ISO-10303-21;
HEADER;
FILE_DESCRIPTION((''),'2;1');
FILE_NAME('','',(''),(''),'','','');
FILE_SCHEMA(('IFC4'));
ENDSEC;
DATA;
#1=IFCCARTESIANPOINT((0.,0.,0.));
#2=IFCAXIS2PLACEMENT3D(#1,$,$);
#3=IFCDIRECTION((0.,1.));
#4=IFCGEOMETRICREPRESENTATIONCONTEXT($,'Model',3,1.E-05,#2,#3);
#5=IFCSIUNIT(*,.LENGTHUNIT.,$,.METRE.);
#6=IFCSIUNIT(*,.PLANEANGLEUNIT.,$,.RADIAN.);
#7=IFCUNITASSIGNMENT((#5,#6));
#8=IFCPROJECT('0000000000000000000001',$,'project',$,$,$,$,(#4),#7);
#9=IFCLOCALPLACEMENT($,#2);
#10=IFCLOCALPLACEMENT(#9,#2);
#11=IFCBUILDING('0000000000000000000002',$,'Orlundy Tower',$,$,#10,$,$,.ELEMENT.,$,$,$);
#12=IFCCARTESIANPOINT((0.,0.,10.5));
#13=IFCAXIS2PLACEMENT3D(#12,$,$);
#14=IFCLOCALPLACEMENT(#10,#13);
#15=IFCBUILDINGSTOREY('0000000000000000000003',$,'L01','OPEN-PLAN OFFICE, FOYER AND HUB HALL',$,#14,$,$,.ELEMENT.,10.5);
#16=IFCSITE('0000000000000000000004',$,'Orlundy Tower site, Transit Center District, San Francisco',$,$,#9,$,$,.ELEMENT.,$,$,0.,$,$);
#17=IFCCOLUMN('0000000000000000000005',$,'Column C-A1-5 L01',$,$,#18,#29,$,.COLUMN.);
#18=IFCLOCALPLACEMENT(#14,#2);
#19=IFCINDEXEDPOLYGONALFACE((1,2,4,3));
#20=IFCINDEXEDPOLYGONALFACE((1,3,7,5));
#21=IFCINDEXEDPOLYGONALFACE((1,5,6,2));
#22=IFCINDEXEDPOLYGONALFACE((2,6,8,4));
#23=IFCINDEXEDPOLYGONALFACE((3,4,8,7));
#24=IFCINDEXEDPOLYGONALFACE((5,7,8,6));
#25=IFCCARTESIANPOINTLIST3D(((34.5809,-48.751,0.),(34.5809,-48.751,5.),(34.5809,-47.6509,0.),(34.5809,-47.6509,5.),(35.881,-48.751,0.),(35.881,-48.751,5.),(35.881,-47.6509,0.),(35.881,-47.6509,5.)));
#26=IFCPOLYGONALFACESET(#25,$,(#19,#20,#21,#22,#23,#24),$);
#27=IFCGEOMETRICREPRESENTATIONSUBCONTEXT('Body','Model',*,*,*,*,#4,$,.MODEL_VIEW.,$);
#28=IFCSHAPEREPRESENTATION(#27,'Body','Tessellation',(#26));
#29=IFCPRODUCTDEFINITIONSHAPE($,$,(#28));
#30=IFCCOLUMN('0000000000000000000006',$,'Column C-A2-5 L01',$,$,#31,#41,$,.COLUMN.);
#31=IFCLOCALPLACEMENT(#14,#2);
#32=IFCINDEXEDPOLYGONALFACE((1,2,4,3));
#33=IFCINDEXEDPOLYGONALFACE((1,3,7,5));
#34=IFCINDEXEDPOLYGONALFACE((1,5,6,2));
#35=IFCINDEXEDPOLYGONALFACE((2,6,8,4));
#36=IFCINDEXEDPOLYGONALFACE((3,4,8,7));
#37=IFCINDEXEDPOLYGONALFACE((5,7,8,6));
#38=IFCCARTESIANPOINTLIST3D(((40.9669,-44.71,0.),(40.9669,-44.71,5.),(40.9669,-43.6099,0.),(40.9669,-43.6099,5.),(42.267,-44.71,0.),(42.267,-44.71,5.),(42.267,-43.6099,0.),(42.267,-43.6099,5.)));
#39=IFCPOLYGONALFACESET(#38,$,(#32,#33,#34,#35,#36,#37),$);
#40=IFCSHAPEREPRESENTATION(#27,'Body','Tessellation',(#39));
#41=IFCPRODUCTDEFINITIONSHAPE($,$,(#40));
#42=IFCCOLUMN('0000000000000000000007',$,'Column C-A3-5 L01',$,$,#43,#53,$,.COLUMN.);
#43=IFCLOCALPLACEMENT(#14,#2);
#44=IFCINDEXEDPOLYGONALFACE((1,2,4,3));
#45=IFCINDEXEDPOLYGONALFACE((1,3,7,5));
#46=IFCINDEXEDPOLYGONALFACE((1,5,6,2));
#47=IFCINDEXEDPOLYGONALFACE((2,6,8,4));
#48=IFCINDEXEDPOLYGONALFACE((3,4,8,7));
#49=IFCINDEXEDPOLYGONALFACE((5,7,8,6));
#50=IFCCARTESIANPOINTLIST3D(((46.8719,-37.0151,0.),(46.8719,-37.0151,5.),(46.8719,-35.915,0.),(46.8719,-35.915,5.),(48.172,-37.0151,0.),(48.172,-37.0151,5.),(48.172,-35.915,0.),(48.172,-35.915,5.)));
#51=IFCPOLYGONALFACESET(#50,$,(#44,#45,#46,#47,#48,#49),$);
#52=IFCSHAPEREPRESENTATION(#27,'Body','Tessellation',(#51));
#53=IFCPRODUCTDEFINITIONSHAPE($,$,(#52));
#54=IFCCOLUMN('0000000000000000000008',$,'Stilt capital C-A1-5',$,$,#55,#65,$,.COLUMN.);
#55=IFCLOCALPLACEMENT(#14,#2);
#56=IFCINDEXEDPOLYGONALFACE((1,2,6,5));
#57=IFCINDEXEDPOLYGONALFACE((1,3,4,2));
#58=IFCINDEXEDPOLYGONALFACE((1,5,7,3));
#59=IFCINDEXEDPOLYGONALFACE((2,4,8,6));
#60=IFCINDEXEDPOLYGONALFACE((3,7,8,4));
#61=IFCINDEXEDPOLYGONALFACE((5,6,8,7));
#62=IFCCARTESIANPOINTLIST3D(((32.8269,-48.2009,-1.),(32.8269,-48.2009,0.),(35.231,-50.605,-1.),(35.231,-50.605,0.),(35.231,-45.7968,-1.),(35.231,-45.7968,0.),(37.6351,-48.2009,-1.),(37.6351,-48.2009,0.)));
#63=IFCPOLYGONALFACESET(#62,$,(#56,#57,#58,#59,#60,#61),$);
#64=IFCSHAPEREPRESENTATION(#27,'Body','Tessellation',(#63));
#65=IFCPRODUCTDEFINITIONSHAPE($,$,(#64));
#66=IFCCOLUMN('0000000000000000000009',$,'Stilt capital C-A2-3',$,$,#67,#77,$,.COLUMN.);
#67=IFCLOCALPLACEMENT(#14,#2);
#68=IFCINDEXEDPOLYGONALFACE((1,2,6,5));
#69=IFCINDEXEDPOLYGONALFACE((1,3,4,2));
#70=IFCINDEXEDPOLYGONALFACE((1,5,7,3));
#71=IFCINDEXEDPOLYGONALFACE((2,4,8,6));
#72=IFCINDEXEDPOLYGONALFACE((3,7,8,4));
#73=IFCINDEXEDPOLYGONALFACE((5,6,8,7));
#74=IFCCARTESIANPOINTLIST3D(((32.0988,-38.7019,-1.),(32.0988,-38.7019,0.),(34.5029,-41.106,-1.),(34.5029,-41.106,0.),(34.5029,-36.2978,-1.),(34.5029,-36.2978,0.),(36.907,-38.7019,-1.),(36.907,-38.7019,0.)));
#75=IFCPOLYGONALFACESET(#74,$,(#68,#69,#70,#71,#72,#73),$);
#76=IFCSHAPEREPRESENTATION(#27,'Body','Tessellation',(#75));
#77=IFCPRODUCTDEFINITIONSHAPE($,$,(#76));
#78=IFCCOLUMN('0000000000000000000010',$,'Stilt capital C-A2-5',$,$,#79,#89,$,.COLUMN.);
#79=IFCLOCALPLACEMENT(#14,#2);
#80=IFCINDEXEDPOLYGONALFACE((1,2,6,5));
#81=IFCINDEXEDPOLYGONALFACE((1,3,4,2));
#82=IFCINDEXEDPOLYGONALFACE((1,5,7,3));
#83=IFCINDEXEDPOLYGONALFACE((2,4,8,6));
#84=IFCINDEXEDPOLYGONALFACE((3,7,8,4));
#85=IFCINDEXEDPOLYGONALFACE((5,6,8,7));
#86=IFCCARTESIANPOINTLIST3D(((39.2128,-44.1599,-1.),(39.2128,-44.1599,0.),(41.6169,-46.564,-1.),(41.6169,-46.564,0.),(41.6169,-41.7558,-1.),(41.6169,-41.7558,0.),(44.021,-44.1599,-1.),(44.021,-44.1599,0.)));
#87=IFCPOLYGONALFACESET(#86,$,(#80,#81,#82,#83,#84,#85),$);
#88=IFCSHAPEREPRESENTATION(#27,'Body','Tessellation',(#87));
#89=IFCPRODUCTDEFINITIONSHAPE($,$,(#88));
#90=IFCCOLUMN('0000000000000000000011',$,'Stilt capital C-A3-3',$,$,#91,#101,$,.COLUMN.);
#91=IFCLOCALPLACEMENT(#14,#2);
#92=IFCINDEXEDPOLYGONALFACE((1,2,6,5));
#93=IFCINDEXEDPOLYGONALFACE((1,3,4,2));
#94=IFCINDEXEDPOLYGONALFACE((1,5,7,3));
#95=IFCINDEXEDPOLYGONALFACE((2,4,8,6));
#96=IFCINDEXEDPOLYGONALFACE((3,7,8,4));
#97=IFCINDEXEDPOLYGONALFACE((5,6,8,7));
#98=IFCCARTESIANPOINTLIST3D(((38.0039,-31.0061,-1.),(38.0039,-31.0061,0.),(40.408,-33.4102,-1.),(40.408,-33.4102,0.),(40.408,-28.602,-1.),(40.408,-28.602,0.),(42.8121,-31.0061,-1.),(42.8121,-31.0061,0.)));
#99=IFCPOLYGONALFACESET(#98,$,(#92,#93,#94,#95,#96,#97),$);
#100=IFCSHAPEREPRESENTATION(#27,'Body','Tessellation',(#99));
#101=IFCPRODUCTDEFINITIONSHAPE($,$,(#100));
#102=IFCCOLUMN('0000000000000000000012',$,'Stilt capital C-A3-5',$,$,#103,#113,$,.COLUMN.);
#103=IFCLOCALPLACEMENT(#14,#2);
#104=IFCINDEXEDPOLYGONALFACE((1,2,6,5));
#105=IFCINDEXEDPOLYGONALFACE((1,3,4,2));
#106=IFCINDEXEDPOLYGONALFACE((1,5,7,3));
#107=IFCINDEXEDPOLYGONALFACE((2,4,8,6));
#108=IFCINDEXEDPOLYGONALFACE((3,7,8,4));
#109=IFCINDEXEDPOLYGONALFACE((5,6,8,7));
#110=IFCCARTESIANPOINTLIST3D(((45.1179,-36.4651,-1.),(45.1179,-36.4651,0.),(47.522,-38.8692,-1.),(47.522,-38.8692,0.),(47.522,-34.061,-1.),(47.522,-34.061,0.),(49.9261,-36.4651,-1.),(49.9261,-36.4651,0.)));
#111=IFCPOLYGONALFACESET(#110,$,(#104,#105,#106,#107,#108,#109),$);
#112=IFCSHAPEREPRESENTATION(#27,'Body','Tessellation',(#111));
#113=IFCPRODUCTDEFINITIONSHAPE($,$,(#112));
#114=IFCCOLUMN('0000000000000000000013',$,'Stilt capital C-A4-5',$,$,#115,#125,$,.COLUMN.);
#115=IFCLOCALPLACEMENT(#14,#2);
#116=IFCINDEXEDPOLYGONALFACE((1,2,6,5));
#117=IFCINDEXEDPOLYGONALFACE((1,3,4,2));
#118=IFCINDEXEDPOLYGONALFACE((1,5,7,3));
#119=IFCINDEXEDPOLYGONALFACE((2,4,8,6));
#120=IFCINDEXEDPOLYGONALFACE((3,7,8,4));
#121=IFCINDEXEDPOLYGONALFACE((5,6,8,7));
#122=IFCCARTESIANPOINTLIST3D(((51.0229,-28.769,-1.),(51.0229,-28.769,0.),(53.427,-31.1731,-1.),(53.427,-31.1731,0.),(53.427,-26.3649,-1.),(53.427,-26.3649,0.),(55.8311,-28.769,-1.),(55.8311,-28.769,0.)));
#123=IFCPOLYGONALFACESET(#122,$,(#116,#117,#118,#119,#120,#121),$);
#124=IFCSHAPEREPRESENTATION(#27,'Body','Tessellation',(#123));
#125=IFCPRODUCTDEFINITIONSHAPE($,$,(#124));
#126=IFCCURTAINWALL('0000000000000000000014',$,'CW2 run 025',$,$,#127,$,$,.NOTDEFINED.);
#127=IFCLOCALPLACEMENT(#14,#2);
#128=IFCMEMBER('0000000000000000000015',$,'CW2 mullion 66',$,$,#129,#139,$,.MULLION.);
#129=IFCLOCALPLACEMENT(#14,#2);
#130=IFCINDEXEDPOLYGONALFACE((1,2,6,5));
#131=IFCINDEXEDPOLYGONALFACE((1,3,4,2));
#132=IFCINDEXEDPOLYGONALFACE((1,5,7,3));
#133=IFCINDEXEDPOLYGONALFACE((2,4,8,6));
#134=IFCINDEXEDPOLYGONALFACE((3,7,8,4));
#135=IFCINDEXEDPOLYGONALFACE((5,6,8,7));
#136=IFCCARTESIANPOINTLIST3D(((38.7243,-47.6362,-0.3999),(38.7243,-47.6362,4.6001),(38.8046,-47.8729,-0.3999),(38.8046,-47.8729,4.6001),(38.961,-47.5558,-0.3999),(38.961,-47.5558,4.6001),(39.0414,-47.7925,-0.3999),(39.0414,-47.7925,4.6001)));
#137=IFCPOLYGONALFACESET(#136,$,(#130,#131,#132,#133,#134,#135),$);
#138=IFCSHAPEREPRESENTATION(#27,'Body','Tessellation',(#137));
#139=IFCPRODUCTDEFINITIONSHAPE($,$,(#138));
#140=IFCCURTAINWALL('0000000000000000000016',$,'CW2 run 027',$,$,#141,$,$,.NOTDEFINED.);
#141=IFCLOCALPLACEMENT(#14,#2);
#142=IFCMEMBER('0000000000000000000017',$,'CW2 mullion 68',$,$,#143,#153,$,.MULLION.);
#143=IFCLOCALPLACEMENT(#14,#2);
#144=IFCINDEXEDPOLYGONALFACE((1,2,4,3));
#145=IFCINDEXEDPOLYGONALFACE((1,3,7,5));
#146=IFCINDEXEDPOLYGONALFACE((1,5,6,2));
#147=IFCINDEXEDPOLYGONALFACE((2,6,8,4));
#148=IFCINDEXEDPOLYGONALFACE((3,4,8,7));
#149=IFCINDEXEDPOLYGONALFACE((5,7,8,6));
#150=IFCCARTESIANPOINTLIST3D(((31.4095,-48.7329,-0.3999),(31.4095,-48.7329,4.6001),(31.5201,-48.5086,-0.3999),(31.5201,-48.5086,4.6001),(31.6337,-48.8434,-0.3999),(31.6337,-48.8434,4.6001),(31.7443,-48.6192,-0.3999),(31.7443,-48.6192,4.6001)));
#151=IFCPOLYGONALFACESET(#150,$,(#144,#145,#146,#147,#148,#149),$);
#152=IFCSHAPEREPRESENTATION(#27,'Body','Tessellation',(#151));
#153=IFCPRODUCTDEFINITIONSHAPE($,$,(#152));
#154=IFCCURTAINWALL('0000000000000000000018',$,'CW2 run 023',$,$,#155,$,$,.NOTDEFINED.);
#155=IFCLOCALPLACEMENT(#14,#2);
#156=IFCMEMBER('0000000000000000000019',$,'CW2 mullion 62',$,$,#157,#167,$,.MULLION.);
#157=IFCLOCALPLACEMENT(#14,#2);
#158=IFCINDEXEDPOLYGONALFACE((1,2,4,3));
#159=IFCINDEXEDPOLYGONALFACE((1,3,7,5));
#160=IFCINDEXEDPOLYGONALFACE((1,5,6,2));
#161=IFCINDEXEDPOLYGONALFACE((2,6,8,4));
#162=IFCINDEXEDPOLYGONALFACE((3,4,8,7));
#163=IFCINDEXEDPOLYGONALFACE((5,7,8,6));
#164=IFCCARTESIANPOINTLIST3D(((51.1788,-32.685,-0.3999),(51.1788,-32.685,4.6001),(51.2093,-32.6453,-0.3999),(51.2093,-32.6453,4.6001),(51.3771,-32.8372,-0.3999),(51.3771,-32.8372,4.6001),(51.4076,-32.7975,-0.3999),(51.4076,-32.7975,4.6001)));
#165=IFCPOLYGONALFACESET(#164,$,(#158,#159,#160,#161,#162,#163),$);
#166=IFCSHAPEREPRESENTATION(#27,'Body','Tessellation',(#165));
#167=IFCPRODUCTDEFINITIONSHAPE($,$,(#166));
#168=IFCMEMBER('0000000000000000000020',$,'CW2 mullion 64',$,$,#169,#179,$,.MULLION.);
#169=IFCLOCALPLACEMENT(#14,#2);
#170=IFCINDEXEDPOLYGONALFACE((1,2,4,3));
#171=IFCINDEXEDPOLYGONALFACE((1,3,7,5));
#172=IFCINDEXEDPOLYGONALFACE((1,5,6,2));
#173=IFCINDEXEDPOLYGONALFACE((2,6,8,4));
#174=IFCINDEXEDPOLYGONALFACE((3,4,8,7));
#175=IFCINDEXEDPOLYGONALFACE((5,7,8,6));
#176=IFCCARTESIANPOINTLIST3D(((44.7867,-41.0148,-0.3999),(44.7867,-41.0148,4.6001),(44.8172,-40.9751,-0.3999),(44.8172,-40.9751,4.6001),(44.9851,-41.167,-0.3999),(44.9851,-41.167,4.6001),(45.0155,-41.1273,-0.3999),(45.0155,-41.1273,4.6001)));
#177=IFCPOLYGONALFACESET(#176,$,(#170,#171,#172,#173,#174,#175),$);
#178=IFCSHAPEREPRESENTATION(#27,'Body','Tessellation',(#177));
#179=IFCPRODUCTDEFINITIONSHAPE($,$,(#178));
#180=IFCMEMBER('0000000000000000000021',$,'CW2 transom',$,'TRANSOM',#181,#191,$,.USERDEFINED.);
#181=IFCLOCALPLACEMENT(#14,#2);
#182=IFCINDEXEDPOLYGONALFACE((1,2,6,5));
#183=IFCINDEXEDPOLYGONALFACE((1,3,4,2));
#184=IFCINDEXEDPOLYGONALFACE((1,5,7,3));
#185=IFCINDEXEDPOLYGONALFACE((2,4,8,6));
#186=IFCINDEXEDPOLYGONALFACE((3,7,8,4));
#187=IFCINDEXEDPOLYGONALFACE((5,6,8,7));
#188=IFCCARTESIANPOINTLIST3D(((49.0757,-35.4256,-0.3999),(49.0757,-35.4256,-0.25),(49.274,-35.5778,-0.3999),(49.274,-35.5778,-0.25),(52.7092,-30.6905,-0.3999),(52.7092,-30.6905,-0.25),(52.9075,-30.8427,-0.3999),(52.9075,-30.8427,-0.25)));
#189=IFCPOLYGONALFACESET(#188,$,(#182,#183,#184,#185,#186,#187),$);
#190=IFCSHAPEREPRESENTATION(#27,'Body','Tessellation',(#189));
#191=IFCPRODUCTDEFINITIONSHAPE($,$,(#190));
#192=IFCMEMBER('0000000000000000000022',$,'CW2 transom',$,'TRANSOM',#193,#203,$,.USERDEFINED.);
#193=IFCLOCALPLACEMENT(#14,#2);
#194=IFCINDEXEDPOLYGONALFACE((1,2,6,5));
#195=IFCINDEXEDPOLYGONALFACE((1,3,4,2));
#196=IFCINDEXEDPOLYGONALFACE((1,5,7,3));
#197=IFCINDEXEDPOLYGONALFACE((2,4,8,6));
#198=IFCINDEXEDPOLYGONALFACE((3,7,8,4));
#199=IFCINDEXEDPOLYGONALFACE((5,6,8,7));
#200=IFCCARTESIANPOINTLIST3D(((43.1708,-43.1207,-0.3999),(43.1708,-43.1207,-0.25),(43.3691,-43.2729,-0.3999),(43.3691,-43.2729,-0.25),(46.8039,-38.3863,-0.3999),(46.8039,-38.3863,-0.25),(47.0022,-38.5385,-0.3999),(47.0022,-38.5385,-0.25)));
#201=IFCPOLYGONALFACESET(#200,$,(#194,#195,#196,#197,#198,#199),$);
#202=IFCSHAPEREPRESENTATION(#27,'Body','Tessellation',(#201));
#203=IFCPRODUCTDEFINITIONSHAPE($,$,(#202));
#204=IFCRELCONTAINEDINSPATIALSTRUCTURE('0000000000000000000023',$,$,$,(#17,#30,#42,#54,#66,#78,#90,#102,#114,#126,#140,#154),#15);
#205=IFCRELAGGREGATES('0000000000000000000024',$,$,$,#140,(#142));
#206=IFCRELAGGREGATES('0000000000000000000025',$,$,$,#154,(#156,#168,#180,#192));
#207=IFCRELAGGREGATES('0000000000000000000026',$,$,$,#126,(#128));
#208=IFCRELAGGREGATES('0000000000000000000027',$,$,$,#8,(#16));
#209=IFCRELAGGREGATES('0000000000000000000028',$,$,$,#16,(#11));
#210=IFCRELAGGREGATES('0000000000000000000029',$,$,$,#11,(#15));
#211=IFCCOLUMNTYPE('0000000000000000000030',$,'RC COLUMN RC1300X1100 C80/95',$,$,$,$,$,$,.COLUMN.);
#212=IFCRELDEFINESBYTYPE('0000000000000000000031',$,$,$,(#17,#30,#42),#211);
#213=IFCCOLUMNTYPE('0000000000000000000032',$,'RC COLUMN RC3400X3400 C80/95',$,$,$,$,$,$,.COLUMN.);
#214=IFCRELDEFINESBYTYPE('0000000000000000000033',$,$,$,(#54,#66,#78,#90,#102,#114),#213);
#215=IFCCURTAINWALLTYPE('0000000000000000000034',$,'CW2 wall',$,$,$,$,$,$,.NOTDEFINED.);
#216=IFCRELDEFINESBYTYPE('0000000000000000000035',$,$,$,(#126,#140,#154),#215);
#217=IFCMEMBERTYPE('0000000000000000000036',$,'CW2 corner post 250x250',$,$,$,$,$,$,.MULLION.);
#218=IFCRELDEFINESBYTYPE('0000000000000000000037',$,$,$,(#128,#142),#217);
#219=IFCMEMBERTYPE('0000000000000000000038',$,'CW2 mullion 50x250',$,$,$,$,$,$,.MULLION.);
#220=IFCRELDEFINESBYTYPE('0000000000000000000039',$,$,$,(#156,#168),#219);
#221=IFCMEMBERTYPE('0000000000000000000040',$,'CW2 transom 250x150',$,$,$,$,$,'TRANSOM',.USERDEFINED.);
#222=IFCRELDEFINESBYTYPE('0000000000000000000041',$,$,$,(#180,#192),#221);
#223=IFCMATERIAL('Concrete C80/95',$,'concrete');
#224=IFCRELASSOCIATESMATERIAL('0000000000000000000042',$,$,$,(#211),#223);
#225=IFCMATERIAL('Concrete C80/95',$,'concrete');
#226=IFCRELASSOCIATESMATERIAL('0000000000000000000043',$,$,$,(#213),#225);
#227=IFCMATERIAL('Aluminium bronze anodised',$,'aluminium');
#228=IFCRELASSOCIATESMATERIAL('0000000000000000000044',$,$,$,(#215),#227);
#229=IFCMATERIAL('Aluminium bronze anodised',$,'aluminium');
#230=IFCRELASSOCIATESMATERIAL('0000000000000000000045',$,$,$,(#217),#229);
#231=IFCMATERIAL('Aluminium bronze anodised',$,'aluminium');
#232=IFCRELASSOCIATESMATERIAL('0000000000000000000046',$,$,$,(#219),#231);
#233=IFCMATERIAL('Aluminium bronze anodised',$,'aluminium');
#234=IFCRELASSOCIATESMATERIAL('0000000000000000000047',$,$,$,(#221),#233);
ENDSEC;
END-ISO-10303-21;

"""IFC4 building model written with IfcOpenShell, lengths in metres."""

from ifc_helpers import new_model, si_unit, direction, frame, origin, origin_2d, place, context, subcontext, project, spatial, rectangle, extrude, material, material_profile, profile_set, type_object, element, aggregate, save


model = new_model("IFC4")

# Units and contexts
model_context = context("Model", 3, precision=1e-05, world=origin(), true_north=direction((0.0, 1.0)))
body_context = subcontext(model_context, "Body", "Model", "MODEL_VIEW")
ifc_project = project(units=[si_unit("LENGTHUNIT", "METRE"), si_unit("PLANEANGLEUNIT", "RADIAN")], contexts=[model_context])

# Site, building, storey
site_placement = place(None, origin())
site = spatial("IfcSite", under=ifc_project, at=site_placement, Name="Orlundy Tower site, Transit Center District, San Francisco", CompositionType="ELEMENT", RefElevation=0.0)
building_placement = place(site_placement, origin())
building = spatial("IfcBuilding", under=site, at=building_placement, Name="Orlundy Tower", CompositionType="ELEMENT")
storey_placement = place(building_placement, frame((0.0, 0.0, 10.5)))
storey = spatial("IfcBuildingStorey", under=building, at=storey_placement, Name="L01", Description="OPEN-PLAN OFFICE, FOYER AND HUB HALL", CompositionType="ELEMENT", Elevation=10.5)

# Columns
ifc_material_1 = material(Name="Concrete C80/95", Category="concrete")
ifc_material_profile_1 = material_profile(ifc_material_1, rectangle(XDim=1.3, YDim=1.1001, at=origin_2d()), Name="RC1300X1100")
ifc_profile_set_1 = profile_set([ifc_material_profile_1], Name="Concrete C80/95")
column_type_1 = type_object("IfcColumnType", Name="RC COLUMN RC1300X1100 C80/95", PredefinedType="COLUMN", material=ifc_profile_set_1)
for number, where, z_axis, x_axis, name in (
    (1, (35.231, -48.2009, 0.0), (0.0, 0.0, 1.0), (1.0, 0.0, 0.0), "Column C-A1-5 L01"),
    (2, (41.6169, -44.1599, 0.0), (0.0, 0.0, 1.0), (1.0, 0.0, 0.0), "Column C-A2-5 L01"),
    (3, (47.522, -36.4651, 0.0), (0.0, 0.0, 1.0), (1.0, 0.0, 0.0), "Column C-A3-5 L01"),
):
    element("IfcColumn", number, at=place(storey_placement, frame(where, z_axis=z_axis, x_axis=x_axis)), inside=storey, type_object=column_type_1, Name=name, PredefinedType="COLUMN", context=body_context, shape_type="SweptSolid", body=[
        extrude(rectangle(XDim=1.3, YDim=1.1001, at=origin_2d()), origin(), (0.0, 0.0, 1.0), 5.0),
    ])
ifc_material_2 = material(Name="Concrete C80/95", Category="concrete")
ifc_material_profile_2 = material_profile(ifc_material_2, rectangle(XDim=3.3999, YDim=3.3999, at=origin_2d()), Name="RC3400X3400")
ifc_profile_set_2 = profile_set([ifc_material_profile_2], Name="Concrete C80/95")
column_type_2 = type_object("IfcColumnType", Name="RC COLUMN RC3400X3400 C80/95", PredefinedType="COLUMN", material=ifc_profile_set_2)
for number, where, z_axis, x_axis, name in (
    (4, (35.231, -48.2009, -1.0), (0.0, 0.0, 1.0), (0.707107, 0.707107, 0.0), "Stilt capital C-A1-5"),
    (5, (34.5029, -38.7019, -1.0), (0.0, 0.0, 1.0), (0.707107, 0.707107, 0.0), "Stilt capital C-A2-3"),
    (6, (41.6169, -44.1599, -1.0), (0.0, 0.0, 1.0), (0.707107, 0.707107, 0.0), "Stilt capital C-A2-5"),
    (7, (40.408, -31.0061, -1.0), (0.0, 0.0, 1.0), (0.707107, 0.707107, 0.0), "Stilt capital C-A3-3"),
    (8, (47.522, -36.4651, -1.0), (0.0, 0.0, 1.0), (0.707107, 0.707107, 0.0), "Stilt capital C-A3-5"),
    (9, (53.427, -28.769, -1.0), (0.0, 0.0, 1.0), (0.707107, 0.707107, 0.0), "Stilt capital C-A4-5"),
):
    element("IfcColumn", number, at=place(storey_placement, frame(where, z_axis=z_axis, x_axis=x_axis)), inside=storey, type_object=column_type_2, Name=name, PredefinedType="COLUMN", context=body_context, shape_type="SweptSolid", body=[
        extrude(rectangle(XDim=3.3999, YDim=3.3999, at=origin_2d()), origin(), (0.0, 0.0, 1.0), 1.0),
    ])

# Curtain walls, members
ifc_material_3 = material(Name="Aluminium bronze anodised", Category="aluminium")
curtain_wall_type = type_object("IfcCurtainWallType", Name="CW2 wall", PredefinedType="NOTDEFINED", material=ifc_material_3)
curtain_wall_1_placement = place(storey_placement, origin())
curtain_wall_1 = element("IfcCurtainWall", 10, at=curtain_wall_1_placement, inside=storey, type_object=curtain_wall_type, Name="CW2 run 025", PredefinedType="NOTDEFINED")
ifc_material_4 = material(Name="Aluminium bronze anodised", Category="aluminium")
ifc_material_profile_3 = material_profile(ifc_material_4, rectangle(XDim=0.25, YDim=0.25, at=origin_2d()), Name="CW2 corner post 250x250")
ifc_profile_set_3 = profile_set([ifc_material_profile_3], Name="Aluminium bronze anodised")
member_type_1 = type_object("IfcMemberType", Name="CW2 corner post 250x250", PredefinedType="MULLION", material=ifc_profile_set_3)
member_1_placement = place(storey_placement, frame((38.8828, -47.7144, -0.3999), z_axis=(0.0, 0.0, 1.0), x_axis=(0.321564, -0.946888, 0.0)))
member_1 = element("IfcMember", 11, at=member_1_placement, type_object=member_type_1, Name="CW2 mullion 66", PredefinedType="MULLION", context=body_context, shape_type="SweptSolid", body=[
    extrude(rectangle(XDim=0.25, YDim=0.25, at=origin_2d()), origin(), (0.0, 0.0, 1.0), 5.0),
])
curtain_wall_2_placement = place(storey_placement, origin())
curtain_wall_2 = element("IfcCurtainWall", 12, at=curtain_wall_2_placement, inside=storey, type_object=curtain_wall_type, Name="CW2 run 027", PredefinedType="NOTDEFINED")
member_2_placement = place(storey_placement, frame((31.5769, -48.676, -0.3999), z_axis=(0.0, 0.0, 1.0), x_axis=(-0.442242, -0.896896, 0.0)))
member_2 = element("IfcMember", 13, at=member_2_placement, type_object=member_type_1, Name="CW2 mullion 68", PredefinedType="MULLION", context=body_context, shape_type="SweptSolid", body=[
    extrude(rectangle(XDim=0.25, YDim=0.25, at=origin_2d()), origin(), (0.0, 0.0, 1.0), 5.0),
])

# Curtain wall, members
curtain_wall_3_placement = place(storey_placement, origin())
curtain_wall_3 = element("IfcCurtainWall", 14, at=curtain_wall_3_placement, inside=storey, type_object=curtain_wall_type, Name="CW2 run 023", PredefinedType="NOTDEFINED")
ifc_material_5 = material(Name="Aluminium bronze anodised", Category="aluminium")
ifc_material_profile_4 = material_profile(ifc_material_5, rectangle(XDim=0.25, YDim=0.05, at=origin_2d()), Name="CW2 mullion 50x250")
ifc_profile_set_4 = profile_set([ifc_material_profile_4], Name="Aluminium bronze anodised")
member_type_2 = type_object("IfcMemberType", Name="CW2 mullion 50x250", PredefinedType="MULLION", material=ifc_profile_set_4)
member_3_placement = place(storey_placement, frame((51.2932, -32.7412, -0.3999), z_axis=(0.0, 0.0, 1.0), x_axis=(0.793346, -0.608771, 0.0)))
member_3 = element("IfcMember", 15, at=member_3_placement, type_object=member_type_2, Name="CW2 mullion 62", PredefinedType="MULLION", context=body_context, shape_type="SweptSolid", body=[
    extrude(rectangle(XDim=0.25, YDim=0.05, at=origin_2d()), origin(), (0.0, 0.0, 1.0), 5.0),
])
member_4_placement = place(storey_placement, frame((44.9011, -41.071, -0.3999), z_axis=(0.0, 0.0, 1.0), x_axis=(0.793346, -0.608771, 0.0)))
member_4 = element("IfcMember", 16, at=member_4_placement, type_object=member_type_2, Name="CW2 mullion 64", PredefinedType="MULLION", context=body_context, shape_type="SweptSolid", body=[
    extrude(rectangle(XDim=0.25, YDim=0.05, at=origin_2d()), origin(), (0.0, 0.0, 1.0), 5.0),
])
ifc_material_6 = material(Name="Aluminium bronze anodised", Category="aluminium")
ifc_material_profile_5 = material_profile(ifc_material_6, rectangle(XDim=0.25, YDim=0.1499, at=origin_2d()), Name="CW2 transom 250x150")
ifc_profile_set_5 = profile_set([ifc_material_profile_5], Name="Aluminium bronze anodised")
member_type_3 = type_object("IfcMemberType", Name="CW2 transom 250x150", ElementType="TRANSOM", PredefinedType="USERDEFINED", material=ifc_profile_set_5)
member_5_placement = place(storey_placement, frame((52.8083, -30.7666, -0.325), z_axis=(-0.608779, -0.79334, 0.0), x_axis=(0.79334, -0.608779, 0.0)))
member_5 = element("IfcMember", 17, at=member_5_placement, type_object=member_type_3, Name="CW2 transom", ObjectType="TRANSOM", PredefinedType="USERDEFINED", context=body_context, shape_type="SweptSolid", body=[
    extrude(rectangle(XDim=0.25, YDim=0.1499, at=origin_2d()), origin(), (0.0, 0.0, 1.0), 5.9685),
])
member_6_placement = place(storey_placement, frame((46.9031, -38.4624, -0.325), z_axis=(-0.608787, -0.793334, 0.0), x_axis=(0.793334, -0.608787, 0.0)))
member_6 = element("IfcMember", 18, at=member_6_placement, type_object=member_type_3, Name="CW2 transom", ObjectType="TRANSOM", PredefinedType="USERDEFINED", context=body_context, shape_type="SweptSolid", body=[
    extrude(rectangle(XDim=0.25, YDim=0.1499, at=origin_2d()), origin(), (0.0, 0.0, 1.0), 5.9678),
])

aggregate(curtain_wall_2, [member_2])

aggregate(curtain_wall_3, [member_3, member_4, member_5, member_6])
aggregate(curtain_wall_1, [member_1])

save(model, "model.ifc")
